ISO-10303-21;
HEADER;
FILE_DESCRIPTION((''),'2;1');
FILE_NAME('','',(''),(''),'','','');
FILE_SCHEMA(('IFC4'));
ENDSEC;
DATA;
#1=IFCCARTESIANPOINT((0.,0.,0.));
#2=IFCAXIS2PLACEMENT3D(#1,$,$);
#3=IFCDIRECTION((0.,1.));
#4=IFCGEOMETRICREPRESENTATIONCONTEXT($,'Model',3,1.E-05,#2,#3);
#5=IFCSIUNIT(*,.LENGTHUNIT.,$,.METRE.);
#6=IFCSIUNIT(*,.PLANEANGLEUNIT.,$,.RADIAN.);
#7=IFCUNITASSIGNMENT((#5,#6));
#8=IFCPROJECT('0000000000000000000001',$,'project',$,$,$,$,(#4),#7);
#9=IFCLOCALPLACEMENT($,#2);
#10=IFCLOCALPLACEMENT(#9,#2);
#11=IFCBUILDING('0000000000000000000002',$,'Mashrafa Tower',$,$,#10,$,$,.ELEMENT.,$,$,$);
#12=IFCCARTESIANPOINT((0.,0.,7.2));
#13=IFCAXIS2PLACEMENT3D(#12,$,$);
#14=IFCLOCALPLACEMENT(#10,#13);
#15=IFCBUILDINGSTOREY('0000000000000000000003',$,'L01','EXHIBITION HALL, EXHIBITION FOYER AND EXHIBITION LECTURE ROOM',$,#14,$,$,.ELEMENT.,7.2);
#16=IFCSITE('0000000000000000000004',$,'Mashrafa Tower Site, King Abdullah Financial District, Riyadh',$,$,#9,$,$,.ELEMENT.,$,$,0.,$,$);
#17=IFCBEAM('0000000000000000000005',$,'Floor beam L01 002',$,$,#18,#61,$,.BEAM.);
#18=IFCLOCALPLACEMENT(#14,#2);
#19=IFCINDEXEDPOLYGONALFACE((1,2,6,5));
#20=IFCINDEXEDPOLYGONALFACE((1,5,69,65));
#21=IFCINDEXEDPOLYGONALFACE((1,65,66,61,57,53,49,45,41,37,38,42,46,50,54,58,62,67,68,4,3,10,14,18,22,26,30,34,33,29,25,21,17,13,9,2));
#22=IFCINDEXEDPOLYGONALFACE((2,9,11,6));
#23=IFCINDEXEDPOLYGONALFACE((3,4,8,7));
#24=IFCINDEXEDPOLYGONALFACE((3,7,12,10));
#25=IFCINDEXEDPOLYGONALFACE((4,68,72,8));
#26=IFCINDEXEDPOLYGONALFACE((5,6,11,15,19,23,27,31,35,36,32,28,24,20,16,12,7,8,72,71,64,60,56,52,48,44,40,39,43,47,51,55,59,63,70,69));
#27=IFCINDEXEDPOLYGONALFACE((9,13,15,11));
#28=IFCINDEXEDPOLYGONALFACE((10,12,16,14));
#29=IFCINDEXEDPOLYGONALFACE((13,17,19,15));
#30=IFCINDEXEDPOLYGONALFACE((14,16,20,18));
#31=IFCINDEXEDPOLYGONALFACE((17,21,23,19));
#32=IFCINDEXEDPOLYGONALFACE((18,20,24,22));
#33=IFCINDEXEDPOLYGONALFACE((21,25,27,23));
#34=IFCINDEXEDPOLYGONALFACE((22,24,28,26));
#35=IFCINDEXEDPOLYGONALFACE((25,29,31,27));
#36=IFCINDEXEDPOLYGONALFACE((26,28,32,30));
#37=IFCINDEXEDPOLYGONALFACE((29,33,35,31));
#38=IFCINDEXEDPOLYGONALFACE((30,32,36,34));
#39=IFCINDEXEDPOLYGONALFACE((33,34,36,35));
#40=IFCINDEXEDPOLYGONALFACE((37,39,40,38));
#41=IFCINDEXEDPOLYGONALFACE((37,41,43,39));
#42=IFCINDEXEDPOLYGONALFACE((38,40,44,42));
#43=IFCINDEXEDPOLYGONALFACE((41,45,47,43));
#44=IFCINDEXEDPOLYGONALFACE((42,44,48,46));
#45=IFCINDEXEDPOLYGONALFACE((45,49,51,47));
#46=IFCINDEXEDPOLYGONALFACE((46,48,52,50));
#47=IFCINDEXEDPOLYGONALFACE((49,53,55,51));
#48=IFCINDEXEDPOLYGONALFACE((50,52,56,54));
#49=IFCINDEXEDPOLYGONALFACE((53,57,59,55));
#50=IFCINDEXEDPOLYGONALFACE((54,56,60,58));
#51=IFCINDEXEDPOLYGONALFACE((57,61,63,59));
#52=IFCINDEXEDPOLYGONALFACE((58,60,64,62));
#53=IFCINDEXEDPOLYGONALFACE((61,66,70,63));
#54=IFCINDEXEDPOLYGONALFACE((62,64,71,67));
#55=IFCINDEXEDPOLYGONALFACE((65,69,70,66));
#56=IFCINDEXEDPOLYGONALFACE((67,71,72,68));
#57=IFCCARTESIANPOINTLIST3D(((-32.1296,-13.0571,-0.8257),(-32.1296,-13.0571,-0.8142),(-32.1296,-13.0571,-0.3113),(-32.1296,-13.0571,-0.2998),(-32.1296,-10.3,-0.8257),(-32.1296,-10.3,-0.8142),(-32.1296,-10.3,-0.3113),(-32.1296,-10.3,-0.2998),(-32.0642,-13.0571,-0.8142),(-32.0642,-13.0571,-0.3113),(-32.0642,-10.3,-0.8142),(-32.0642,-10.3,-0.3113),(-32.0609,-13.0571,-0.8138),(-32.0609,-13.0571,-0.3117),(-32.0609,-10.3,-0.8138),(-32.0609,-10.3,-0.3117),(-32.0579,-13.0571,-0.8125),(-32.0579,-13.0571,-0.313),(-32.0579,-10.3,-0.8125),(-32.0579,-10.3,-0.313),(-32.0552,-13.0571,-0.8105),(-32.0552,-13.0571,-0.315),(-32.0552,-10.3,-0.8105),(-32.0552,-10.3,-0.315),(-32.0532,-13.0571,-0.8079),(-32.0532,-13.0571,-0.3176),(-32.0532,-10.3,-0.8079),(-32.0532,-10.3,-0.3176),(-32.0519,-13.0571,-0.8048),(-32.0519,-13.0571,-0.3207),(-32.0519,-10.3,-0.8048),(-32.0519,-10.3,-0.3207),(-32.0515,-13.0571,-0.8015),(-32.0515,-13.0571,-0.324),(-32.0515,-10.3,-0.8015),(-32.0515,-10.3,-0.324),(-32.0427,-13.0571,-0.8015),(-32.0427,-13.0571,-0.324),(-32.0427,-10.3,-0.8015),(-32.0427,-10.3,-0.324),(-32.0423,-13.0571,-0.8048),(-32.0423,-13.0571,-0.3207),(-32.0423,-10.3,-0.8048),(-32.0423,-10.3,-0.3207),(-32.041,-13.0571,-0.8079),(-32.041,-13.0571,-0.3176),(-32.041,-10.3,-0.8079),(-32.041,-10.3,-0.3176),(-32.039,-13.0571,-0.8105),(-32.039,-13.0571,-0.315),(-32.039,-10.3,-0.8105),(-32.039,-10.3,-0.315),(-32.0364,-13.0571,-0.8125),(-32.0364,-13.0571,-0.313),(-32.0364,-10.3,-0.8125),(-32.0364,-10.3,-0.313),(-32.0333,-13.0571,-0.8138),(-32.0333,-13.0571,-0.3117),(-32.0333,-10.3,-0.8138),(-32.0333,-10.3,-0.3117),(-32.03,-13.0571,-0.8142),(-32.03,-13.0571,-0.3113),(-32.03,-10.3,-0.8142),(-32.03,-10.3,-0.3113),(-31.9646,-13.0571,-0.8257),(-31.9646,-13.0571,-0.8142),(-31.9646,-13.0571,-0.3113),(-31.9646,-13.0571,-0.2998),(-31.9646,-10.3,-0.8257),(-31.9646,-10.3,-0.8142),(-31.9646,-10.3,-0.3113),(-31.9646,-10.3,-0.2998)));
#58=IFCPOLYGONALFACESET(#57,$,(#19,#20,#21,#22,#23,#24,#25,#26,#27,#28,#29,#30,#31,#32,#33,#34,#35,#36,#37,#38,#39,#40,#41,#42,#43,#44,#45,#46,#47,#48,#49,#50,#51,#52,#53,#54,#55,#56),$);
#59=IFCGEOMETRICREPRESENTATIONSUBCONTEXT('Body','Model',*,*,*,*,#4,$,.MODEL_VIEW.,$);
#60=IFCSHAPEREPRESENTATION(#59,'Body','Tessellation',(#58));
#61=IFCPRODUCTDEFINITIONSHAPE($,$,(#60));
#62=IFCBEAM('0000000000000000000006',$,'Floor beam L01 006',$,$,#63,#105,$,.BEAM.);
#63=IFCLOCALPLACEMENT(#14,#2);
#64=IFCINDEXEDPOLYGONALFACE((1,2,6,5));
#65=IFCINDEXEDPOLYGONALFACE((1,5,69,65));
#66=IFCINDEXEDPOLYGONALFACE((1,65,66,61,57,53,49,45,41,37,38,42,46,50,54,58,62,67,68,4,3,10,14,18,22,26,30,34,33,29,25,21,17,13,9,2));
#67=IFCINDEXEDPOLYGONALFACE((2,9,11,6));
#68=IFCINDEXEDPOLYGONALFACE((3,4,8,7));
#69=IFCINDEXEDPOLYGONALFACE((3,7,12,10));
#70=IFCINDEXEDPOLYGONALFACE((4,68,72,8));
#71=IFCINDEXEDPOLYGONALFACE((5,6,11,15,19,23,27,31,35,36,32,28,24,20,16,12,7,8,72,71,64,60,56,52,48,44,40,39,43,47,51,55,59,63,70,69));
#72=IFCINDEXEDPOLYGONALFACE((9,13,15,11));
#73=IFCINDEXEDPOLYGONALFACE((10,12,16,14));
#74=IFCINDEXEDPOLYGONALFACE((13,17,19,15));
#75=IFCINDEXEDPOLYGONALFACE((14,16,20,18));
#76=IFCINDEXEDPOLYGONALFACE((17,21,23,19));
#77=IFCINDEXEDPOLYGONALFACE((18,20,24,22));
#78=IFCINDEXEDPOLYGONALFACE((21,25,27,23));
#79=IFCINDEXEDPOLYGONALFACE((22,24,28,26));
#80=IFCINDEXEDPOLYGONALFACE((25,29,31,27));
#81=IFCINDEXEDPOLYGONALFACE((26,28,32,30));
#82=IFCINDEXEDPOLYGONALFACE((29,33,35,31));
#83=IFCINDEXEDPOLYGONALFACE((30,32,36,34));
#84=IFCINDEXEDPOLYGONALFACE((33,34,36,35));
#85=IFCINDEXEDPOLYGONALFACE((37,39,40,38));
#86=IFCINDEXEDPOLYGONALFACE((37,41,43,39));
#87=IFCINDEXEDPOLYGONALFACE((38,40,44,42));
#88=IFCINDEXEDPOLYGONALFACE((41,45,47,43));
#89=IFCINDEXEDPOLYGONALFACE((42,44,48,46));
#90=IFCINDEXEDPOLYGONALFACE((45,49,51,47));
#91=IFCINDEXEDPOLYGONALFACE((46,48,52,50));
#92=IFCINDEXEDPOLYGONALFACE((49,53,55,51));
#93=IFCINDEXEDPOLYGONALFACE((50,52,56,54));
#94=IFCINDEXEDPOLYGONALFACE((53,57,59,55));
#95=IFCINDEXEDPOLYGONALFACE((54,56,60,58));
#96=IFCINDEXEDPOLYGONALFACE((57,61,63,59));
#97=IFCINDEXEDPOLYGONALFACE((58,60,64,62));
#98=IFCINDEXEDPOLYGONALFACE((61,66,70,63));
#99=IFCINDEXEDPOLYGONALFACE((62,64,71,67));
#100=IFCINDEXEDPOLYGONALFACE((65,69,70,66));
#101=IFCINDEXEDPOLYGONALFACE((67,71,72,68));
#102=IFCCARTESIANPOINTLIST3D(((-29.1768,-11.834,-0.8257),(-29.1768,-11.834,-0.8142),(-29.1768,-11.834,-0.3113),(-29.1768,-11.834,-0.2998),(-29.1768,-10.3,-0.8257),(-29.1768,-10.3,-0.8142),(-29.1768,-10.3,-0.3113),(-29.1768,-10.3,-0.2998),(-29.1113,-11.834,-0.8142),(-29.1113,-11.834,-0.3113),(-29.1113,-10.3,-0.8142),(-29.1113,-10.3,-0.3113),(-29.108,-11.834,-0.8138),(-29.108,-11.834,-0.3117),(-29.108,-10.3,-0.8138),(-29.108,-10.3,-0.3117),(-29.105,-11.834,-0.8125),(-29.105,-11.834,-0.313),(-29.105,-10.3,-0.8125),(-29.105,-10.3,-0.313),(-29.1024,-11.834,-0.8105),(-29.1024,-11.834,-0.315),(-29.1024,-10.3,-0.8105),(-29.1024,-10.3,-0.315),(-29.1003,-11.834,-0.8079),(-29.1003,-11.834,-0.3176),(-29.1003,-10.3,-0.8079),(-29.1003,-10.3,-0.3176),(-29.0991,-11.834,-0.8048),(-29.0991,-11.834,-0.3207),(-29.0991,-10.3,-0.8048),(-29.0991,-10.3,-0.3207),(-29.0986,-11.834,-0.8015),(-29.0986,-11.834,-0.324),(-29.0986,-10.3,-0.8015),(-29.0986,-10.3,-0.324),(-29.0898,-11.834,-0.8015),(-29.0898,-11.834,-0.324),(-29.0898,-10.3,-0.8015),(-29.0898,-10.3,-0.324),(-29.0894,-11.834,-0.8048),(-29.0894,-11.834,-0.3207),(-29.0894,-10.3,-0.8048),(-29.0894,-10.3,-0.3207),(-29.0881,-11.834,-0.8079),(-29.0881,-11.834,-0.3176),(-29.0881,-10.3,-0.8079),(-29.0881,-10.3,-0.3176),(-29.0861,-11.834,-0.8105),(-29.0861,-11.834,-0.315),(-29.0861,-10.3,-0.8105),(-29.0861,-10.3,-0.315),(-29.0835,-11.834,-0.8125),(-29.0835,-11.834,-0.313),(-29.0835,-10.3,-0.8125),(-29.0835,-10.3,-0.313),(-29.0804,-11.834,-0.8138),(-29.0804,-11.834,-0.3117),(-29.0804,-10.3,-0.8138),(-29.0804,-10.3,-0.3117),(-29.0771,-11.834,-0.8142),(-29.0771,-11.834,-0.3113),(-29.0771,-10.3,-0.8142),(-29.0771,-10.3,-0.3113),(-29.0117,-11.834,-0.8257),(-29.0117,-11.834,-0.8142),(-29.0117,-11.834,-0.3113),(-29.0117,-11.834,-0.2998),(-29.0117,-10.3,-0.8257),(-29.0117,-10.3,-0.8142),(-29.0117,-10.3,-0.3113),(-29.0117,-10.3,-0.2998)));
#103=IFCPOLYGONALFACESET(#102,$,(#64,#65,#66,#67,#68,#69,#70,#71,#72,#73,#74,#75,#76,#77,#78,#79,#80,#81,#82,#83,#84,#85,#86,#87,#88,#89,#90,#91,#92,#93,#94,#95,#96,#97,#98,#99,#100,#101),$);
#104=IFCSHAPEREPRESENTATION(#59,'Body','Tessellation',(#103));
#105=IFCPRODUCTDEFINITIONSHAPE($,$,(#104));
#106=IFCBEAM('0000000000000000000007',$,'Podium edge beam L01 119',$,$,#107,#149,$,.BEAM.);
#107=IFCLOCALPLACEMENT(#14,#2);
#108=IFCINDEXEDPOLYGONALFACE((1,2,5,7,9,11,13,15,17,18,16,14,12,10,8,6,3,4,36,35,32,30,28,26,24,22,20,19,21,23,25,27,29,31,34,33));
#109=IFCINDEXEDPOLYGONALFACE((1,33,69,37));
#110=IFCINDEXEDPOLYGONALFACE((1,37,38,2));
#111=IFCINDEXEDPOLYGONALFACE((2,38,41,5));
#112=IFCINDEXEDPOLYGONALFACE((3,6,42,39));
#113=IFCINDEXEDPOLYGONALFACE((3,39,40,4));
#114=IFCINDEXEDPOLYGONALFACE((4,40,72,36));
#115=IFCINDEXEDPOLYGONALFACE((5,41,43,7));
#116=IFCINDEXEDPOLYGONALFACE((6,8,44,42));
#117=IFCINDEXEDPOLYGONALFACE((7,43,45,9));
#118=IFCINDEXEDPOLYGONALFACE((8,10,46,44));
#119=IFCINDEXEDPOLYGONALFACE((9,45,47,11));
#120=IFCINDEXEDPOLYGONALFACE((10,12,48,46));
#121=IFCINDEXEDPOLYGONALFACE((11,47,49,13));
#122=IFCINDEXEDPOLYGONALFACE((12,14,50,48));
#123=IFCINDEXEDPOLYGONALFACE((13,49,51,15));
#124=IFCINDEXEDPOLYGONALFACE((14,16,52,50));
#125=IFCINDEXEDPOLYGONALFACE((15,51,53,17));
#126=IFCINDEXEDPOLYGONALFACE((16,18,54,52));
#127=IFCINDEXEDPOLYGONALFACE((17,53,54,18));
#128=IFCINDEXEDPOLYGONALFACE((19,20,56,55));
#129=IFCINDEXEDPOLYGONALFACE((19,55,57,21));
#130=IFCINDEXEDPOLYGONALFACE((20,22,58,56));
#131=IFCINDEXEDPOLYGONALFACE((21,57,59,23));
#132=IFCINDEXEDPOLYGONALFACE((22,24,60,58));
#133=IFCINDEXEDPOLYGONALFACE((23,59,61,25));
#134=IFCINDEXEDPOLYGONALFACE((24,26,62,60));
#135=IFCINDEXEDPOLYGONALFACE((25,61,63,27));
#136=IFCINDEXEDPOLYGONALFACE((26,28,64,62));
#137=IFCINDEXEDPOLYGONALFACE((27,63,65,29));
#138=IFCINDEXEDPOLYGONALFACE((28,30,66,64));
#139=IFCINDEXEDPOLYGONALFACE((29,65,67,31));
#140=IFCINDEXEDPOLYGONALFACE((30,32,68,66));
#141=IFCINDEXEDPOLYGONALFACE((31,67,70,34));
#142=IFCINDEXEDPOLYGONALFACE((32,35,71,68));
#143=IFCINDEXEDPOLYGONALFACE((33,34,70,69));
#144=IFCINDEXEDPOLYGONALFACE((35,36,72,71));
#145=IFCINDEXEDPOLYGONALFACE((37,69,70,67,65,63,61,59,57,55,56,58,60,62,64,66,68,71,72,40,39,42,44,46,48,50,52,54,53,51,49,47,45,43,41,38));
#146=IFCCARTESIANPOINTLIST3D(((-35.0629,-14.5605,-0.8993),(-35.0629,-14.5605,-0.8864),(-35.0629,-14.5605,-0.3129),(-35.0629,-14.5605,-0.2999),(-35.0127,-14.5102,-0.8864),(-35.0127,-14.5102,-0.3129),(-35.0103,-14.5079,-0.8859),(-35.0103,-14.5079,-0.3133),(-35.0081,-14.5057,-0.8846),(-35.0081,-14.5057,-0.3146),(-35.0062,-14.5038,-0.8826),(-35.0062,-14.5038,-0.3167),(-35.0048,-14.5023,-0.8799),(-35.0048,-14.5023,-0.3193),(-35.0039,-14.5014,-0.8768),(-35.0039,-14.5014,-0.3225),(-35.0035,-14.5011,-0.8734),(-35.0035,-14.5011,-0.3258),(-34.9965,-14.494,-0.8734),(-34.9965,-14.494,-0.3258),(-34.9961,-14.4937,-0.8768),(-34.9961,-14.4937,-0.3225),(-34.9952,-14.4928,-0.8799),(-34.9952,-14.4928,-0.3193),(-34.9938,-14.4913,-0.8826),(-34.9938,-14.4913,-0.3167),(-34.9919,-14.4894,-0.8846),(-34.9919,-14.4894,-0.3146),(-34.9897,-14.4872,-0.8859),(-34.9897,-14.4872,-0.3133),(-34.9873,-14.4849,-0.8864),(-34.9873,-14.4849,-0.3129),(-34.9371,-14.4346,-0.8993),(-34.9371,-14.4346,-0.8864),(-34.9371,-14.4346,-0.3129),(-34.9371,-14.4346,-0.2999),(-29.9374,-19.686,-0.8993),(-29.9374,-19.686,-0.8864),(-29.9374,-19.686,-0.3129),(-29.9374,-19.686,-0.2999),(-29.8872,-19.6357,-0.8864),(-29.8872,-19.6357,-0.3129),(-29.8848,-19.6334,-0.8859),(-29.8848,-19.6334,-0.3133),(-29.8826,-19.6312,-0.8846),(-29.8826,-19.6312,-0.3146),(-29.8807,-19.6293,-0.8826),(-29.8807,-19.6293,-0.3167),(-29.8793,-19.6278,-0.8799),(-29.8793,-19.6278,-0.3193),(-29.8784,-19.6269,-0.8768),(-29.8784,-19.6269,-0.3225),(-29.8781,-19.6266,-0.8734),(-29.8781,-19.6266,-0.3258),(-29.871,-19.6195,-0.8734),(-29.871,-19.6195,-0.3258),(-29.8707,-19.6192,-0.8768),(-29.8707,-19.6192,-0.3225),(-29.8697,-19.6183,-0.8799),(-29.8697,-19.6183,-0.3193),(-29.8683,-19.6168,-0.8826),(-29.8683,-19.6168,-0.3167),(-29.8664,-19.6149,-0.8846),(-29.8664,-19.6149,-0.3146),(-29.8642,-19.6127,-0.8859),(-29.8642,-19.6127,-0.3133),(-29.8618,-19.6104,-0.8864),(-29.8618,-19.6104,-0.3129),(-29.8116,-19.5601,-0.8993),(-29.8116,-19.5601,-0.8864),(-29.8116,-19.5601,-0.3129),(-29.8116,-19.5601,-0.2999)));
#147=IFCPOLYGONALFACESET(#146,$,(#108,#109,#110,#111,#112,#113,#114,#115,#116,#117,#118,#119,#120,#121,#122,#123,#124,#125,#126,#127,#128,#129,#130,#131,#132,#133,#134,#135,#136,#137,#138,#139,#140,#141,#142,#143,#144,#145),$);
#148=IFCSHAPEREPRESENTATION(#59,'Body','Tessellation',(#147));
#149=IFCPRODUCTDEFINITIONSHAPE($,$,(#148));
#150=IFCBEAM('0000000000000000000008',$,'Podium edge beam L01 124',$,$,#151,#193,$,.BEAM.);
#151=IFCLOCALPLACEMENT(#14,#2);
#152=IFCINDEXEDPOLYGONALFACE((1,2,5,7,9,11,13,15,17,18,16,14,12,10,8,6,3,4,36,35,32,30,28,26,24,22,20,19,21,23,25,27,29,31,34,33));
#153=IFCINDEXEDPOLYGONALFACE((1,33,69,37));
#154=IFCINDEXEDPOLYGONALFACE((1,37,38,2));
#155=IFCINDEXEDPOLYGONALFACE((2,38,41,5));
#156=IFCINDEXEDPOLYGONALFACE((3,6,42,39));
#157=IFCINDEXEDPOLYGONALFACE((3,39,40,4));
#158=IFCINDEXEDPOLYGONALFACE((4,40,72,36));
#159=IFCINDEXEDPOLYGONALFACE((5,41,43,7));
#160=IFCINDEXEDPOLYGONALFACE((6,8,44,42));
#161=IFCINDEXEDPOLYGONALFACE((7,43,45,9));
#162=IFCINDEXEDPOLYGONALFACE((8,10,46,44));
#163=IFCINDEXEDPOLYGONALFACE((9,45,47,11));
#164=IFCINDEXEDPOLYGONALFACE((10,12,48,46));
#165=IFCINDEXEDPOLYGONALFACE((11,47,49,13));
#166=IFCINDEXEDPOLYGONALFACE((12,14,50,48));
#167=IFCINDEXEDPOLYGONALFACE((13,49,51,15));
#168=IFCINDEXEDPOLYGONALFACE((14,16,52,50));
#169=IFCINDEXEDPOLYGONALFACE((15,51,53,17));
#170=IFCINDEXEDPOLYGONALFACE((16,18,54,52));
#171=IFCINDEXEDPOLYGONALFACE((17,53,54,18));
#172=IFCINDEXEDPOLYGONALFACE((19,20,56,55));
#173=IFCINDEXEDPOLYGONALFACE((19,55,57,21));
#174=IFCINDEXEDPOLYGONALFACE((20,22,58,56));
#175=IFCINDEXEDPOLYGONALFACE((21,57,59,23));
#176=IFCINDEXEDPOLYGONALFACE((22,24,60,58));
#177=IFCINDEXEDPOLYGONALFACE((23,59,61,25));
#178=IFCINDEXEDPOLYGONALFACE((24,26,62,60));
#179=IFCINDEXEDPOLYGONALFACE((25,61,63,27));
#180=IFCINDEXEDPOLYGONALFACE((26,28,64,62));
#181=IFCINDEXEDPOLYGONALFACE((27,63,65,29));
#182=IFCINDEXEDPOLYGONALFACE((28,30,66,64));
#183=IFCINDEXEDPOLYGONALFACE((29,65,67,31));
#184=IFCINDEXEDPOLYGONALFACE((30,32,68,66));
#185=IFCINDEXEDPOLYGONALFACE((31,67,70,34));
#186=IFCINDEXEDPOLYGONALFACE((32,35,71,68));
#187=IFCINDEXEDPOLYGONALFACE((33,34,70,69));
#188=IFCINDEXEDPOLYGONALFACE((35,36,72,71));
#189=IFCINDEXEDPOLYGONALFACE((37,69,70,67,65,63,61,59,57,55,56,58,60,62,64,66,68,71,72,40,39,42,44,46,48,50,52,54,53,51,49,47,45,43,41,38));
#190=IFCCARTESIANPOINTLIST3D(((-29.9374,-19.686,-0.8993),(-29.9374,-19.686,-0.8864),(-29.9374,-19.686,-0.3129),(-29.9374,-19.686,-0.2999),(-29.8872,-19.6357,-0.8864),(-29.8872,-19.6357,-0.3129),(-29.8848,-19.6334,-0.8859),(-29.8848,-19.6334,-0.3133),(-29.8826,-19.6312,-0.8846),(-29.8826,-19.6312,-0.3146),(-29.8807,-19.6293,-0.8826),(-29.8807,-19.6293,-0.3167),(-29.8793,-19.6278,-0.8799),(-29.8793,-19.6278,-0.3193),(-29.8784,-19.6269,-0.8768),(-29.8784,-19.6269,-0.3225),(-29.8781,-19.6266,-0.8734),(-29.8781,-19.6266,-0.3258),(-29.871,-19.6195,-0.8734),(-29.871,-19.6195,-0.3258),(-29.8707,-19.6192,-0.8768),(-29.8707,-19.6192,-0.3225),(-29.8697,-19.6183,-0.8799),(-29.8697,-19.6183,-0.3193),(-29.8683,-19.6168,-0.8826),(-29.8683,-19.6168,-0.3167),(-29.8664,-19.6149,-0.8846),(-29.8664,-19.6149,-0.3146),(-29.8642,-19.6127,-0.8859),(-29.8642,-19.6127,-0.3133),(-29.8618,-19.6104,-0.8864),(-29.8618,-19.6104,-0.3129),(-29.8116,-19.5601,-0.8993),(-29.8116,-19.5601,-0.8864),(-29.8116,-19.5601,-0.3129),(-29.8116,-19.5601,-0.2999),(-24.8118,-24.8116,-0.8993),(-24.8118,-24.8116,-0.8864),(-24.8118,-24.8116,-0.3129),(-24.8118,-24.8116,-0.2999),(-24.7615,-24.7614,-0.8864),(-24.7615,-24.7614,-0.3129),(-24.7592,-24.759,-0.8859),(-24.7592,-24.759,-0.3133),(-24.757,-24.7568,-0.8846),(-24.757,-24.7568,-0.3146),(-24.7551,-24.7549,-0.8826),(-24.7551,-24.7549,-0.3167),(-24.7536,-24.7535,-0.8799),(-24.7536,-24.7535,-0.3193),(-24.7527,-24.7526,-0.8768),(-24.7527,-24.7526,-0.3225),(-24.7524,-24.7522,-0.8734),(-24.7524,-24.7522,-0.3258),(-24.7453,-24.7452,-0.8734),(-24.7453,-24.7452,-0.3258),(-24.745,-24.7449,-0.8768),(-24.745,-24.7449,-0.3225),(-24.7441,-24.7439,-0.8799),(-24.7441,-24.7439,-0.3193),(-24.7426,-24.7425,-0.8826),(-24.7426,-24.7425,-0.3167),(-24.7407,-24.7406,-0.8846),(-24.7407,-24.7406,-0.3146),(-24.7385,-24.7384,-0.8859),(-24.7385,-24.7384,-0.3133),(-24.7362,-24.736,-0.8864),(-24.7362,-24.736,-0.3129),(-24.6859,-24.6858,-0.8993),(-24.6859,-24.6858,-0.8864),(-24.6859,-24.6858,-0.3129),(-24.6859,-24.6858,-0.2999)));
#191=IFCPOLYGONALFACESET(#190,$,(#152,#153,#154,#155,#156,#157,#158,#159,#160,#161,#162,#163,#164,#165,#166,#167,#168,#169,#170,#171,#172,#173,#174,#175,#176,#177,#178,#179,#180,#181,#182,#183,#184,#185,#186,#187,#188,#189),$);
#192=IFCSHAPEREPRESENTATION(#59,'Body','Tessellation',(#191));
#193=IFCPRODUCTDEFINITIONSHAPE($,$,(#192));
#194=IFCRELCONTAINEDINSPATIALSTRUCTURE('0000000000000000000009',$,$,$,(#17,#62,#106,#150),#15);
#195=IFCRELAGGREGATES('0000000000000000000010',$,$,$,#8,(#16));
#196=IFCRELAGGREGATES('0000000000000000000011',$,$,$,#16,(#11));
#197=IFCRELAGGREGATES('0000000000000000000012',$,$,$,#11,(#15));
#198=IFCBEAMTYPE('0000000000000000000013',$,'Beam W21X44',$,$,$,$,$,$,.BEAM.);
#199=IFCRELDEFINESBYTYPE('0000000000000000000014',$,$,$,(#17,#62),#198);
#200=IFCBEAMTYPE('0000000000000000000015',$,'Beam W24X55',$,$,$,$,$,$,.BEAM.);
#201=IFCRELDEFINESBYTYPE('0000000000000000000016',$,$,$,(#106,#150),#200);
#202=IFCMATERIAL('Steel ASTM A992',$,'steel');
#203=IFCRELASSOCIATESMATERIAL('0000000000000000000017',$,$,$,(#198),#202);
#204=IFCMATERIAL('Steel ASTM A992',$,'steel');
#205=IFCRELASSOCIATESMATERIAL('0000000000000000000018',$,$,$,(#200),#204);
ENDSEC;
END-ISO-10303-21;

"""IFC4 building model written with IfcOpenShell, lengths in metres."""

from ifc_helpers import new_model, si_unit, direction, frame, origin, origin_2d, place, context, subcontext, project, spatial, i_section, extrude, material, material_profile, profile_set, type_object, element, save


model = new_model("IFC4")

# Units and contexts
model_context = context("Model", 3, precision=1e-05, world=origin(), true_north=direction((0.0, 1.0)))
body_context = subcontext(model_context, "Body", "Model", "MODEL_VIEW")
ifc_project = project(units=[si_unit("LENGTHUNIT", "METRE"), si_unit("PLANEANGLEUNIT", "RADIAN")], contexts=[model_context])

# Site, building, storey
site_placement = place(None, origin())
site = spatial("IfcSite", under=ifc_project, at=site_placement, Name="Mashrafa Tower Site, King Abdullah Financial District, Riyadh", CompositionType="ELEMENT", RefElevation=0.0)
building_placement = place(site_placement, origin())
building = spatial("IfcBuilding", under=site, at=building_placement, Name="Mashrafa Tower", CompositionType="ELEMENT")
storey_placement = place(building_placement, frame((0.0, 0.0, 7.2)))
storey = spatial("IfcBuildingStorey", under=building, at=storey_placement, Name="L01", Description="EXHIBITION HALL, EXHIBITION FOYER AND EXHIBITION LECTURE ROOM", CompositionType="ELEMENT", Elevation=7.2)

# Beams
ifc_material_1 = material(Name="Steel ASTM A992", Category="steel")
ifc_material_profile_1 = material_profile(ifc_material_1, i_section(OverallWidth=0.165, OverallDepth=0.5259, WebThickness=0.0088, FlangeThickness=0.0115, FilletRadius=0.0127, at=origin_2d()), Name="W21X44")
ifc_profile_set_1 = profile_set([ifc_material_profile_1], Name="Steel ASTM A992")
beam_type_1 = type_object("IfcBeamType", Name="Beam W21X44", PredefinedType="BEAM", material=ifc_profile_set_1)
beam_1_placement = place(storey_placement, frame((-32.0471, -13.0571, -0.5627), z_axis=(0.0, 1.0, 0.0), x_axis=(-1.0, 0.0, 0.0)))
element("IfcBeam", 1, at=beam_1_placement, inside=storey, type_object=beam_type_1, Name="Floor beam L01 002", PredefinedType="BEAM", context=body_context, shape_type="SweptSolid", body=[
    extrude(i_section(OverallWidth=0.165, OverallDepth=0.5259, WebThickness=0.0088, FlangeThickness=0.0115, FilletRadius=0.0127, at=origin_2d()), origin(), (0.0, 0.0, 1.0), 2.7571),
])
beam_2_placement = place(storey_placement, frame((-29.0942, -11.834, -0.5627), z_axis=(0.0, 1.0, 0.0), x_axis=(-1.0, 0.0, 0.0)))
element("IfcBeam", 2, at=beam_2_placement, inside=storey, type_object=beam_type_1, Name="Floor beam L01 006", PredefinedType="BEAM", context=body_context, shape_type="SweptSolid", body=[
    extrude(i_section(OverallWidth=0.165, OverallDepth=0.5259, WebThickness=0.0088, FlangeThickness=0.0115, FilletRadius=0.0127, at=origin_2d()), origin(), (0.0, 0.0, 1.0), 1.5339),
])
ifc_material_2 = material(Name="Steel ASTM A992", Category="steel")
ifc_material_profile_2 = material_profile(ifc_material_2, i_section(OverallWidth=0.178, OverallDepth=0.5994, WebThickness=0.01, FlangeThickness=0.0129, FilletRadius=0.0129, at=origin_2d()), Name="W24X55")
ifc_profile_set_2 = profile_set([ifc_material_profile_2], Name="Steel ASTM A992")
beam_type_2 = type_object("IfcBeamType", Name="Beam W24X55", PredefinedType="BEAM", material=ifc_profile_set_2)
beam_3_placement = place(storey_placement, frame((-35.0, -14.4976, -0.5996), z_axis=(0.707107, -0.707107, 0.0), x_axis=(0.707107, 0.707107, 0.0)))
element("IfcBeam", 3, at=beam_3_placement, inside=storey, type_object=beam_type_2, Name="Podium edge beam L01 119", PredefinedType="BEAM", context=body_context, shape_type="SweptSolid", body=[
    extrude(i_section(OverallWidth=0.178, OverallDepth=0.5994, WebThickness=0.01, FlangeThickness=0.0129, FilletRadius=0.0129, at=origin_2d()), origin(), (0.0, 0.0, 1.0), 7.2485),
])
beam_4_placement = place(storey_placement, frame((-29.8745, -19.623, -0.5996), z_axis=(0.707107, -0.707107, 0.0), x_axis=(0.707107, 0.707107, 0.0)))
element("IfcBeam", 4, at=beam_4_placement, inside=storey, type_object=beam_type_2, Name="Podium edge beam L01 124", PredefinedType="BEAM", context=body_context, shape_type="SweptSolid", body=[
    extrude(i_section(OverallWidth=0.178, OverallDepth=0.5994, WebThickness=0.01, FlangeThickness=0.0129, FilletRadius=0.0129, at=origin_2d()), origin(), (0.0, 0.0, 1.0), 7.2488),
])

save(model, "model.ifc")
